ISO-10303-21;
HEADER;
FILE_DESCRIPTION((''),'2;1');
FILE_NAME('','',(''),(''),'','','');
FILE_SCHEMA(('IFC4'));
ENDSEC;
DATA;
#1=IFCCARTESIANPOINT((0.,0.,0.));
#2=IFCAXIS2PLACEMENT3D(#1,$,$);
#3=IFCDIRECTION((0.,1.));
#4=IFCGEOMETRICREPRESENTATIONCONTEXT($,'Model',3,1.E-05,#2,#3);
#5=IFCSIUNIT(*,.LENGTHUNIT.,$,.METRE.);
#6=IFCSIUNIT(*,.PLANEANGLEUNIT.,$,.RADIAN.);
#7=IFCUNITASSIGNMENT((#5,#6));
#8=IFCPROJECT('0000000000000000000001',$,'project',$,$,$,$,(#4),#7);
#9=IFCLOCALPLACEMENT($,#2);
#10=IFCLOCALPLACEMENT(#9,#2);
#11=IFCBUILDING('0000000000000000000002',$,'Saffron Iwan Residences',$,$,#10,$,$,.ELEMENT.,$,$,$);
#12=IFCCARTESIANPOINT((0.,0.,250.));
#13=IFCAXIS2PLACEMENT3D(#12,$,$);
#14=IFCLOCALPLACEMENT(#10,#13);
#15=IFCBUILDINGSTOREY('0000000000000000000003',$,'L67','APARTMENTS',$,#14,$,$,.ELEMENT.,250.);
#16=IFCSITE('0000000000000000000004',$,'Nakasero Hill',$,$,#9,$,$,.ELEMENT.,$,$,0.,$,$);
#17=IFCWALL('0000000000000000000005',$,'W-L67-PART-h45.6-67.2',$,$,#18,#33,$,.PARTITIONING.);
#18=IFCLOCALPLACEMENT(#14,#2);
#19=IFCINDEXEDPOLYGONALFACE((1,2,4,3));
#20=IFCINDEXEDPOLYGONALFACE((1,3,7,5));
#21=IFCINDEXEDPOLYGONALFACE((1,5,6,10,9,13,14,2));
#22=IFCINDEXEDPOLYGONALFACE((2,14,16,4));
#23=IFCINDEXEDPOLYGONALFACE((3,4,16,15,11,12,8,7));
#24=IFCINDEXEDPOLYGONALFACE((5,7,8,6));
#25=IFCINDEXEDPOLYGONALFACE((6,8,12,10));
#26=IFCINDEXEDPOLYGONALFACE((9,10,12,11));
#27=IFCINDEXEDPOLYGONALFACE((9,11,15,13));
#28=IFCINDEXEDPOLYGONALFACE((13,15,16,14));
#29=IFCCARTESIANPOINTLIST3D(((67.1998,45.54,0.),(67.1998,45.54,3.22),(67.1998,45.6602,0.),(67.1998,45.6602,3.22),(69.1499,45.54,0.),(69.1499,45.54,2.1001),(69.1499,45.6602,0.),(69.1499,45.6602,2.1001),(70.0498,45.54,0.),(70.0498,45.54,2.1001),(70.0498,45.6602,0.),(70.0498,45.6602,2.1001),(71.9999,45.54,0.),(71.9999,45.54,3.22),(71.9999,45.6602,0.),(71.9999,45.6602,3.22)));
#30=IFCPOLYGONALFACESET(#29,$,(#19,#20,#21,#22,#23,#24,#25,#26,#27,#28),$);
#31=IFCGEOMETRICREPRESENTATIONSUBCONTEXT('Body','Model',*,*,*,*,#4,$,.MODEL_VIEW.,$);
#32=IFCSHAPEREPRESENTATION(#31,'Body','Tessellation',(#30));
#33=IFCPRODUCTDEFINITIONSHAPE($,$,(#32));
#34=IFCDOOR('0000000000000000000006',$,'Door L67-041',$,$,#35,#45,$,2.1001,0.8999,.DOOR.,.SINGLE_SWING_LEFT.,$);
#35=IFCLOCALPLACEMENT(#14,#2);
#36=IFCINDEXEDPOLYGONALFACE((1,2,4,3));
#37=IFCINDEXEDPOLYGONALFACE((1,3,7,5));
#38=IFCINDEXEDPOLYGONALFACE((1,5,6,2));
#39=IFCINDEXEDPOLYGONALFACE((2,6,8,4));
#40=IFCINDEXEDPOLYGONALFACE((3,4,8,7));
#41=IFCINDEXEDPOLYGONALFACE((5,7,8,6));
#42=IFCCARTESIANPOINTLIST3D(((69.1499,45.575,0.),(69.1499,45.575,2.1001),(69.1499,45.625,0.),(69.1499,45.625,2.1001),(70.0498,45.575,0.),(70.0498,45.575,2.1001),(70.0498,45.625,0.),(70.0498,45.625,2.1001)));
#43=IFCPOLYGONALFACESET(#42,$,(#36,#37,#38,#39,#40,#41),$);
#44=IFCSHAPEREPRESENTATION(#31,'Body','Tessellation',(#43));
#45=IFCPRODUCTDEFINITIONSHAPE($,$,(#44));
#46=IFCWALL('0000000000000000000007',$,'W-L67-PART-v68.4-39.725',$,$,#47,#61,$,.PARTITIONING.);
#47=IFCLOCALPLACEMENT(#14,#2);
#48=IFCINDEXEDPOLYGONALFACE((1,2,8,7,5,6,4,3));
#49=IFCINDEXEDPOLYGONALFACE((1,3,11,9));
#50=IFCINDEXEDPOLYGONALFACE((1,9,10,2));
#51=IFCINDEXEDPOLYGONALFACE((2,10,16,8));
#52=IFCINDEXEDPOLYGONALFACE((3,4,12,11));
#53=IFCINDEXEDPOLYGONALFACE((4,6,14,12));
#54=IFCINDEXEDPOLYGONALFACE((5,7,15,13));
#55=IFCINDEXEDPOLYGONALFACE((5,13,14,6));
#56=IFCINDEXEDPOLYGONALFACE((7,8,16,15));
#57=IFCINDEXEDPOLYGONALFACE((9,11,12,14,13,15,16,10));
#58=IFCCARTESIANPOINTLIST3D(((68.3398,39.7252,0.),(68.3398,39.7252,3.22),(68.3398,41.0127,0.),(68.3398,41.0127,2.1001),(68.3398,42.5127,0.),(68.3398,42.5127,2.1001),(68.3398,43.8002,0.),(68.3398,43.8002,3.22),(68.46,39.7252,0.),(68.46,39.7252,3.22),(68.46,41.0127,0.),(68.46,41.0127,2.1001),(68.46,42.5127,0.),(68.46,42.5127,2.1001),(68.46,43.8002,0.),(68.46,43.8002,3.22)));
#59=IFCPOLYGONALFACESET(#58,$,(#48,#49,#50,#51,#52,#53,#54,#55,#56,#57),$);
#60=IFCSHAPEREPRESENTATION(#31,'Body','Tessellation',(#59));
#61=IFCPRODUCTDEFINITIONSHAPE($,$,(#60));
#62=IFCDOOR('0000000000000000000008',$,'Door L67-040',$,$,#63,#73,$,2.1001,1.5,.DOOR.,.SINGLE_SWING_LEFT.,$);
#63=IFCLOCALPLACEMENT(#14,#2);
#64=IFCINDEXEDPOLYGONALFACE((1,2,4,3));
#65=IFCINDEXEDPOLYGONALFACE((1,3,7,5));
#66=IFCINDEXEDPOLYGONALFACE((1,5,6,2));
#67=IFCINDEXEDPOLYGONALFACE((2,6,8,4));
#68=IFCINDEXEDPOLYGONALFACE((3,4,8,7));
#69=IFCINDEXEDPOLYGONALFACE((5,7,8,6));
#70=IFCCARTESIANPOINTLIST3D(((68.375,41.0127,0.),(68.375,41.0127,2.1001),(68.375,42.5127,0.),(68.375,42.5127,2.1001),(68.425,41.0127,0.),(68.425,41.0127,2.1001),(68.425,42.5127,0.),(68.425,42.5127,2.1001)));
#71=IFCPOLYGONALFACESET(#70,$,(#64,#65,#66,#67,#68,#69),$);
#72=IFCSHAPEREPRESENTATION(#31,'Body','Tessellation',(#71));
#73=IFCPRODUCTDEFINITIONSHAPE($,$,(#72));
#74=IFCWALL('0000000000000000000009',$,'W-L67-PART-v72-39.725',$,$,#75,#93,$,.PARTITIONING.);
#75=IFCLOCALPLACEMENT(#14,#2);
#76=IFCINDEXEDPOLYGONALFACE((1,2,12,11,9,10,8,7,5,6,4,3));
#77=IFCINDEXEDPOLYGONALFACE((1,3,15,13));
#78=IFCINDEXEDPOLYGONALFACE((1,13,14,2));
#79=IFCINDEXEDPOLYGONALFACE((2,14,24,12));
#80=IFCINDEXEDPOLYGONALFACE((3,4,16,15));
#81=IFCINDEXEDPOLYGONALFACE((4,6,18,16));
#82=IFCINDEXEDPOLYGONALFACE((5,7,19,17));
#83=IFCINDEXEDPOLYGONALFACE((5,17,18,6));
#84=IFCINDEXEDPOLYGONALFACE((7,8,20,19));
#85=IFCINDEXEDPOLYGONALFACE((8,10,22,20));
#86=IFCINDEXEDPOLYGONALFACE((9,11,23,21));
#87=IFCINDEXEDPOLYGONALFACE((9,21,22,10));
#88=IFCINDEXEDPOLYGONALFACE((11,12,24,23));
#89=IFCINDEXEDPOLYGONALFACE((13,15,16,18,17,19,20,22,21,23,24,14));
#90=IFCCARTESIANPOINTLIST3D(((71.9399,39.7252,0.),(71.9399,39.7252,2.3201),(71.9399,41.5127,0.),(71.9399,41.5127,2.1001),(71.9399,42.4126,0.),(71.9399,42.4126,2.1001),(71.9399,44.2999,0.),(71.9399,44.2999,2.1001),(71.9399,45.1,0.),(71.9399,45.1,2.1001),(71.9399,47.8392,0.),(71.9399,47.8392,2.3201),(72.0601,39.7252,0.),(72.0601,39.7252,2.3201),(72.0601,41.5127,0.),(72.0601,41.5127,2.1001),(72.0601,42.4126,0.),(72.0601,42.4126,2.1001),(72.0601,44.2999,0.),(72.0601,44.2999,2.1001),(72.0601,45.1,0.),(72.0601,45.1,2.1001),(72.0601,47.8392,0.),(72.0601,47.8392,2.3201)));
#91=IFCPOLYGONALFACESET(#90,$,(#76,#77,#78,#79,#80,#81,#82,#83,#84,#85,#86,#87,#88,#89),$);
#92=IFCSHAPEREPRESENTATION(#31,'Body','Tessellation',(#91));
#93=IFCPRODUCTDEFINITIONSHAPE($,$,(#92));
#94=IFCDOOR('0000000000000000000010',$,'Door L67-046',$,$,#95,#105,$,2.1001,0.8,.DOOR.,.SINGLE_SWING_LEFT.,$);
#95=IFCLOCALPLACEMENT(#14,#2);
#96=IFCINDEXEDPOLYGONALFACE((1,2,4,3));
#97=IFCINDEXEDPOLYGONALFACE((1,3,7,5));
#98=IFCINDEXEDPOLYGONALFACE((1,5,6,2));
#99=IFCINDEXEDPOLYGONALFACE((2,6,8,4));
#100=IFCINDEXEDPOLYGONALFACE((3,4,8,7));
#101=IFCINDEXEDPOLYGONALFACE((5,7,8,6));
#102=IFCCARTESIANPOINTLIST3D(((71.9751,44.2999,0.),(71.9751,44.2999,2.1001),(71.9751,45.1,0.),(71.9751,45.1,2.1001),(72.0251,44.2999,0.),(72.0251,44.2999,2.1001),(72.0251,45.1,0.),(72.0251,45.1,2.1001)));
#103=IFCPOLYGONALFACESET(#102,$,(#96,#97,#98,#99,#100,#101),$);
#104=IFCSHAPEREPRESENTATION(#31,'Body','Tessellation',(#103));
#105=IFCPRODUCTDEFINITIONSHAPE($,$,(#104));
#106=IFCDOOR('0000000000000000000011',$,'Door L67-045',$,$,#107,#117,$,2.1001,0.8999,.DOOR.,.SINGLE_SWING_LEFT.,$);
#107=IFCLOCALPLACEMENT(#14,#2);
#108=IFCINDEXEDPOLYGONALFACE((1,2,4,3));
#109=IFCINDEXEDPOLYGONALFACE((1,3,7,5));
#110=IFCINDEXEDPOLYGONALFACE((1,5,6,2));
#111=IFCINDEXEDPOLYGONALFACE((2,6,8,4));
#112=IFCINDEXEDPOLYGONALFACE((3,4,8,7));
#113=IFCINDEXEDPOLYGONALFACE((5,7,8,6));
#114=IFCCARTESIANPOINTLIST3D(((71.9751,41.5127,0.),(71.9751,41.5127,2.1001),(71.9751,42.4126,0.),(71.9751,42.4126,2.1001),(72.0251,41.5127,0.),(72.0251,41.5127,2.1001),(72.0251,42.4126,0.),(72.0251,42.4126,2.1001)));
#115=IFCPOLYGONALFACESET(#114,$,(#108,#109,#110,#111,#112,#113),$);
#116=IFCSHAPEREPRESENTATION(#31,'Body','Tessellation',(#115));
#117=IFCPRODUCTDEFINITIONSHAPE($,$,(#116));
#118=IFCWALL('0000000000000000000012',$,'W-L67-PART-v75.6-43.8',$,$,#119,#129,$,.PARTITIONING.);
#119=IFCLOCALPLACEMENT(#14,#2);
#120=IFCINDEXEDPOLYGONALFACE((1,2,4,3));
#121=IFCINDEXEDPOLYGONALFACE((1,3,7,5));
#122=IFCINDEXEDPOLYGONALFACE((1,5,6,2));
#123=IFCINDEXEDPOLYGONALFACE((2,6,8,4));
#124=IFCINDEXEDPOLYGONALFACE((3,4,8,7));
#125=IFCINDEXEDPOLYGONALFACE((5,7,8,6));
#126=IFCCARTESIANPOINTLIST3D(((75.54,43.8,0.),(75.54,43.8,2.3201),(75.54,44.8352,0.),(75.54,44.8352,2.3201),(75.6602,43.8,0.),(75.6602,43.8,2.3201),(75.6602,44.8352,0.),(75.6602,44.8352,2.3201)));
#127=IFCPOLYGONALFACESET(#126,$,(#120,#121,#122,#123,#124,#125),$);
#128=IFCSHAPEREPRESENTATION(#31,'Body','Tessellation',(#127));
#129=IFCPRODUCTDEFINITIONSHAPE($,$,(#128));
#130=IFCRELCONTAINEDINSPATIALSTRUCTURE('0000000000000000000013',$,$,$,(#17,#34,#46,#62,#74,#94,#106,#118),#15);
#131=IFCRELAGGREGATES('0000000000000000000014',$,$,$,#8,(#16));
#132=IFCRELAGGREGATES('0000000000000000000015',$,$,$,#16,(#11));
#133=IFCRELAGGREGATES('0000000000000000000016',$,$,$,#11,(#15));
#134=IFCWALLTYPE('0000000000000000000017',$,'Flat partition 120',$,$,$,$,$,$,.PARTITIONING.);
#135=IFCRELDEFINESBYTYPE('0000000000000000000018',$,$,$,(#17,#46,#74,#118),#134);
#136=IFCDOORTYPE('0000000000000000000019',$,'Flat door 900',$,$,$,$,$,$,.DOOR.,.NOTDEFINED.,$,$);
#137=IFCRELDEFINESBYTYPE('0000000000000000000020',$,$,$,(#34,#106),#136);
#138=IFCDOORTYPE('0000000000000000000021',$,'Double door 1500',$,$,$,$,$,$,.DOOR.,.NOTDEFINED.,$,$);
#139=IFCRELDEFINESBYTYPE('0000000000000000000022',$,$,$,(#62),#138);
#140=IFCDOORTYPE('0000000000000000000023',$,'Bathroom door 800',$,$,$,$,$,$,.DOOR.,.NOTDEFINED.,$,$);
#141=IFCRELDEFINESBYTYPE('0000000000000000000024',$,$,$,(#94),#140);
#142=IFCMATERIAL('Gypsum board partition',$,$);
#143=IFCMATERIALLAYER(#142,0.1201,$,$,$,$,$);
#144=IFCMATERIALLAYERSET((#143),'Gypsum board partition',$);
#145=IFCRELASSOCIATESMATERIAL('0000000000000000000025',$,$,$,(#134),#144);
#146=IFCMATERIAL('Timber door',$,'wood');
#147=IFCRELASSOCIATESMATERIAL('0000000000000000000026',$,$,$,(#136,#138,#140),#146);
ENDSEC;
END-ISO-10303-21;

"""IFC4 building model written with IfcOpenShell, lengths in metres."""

from ifc_helpers import new_model, si_unit, direction, frame, frame_2d, origin, place, context, subcontext, project, spatial, rectangle, extrude, material, layer, layer_set, type_object, element, fill, save


model = new_model("IFC4")

# Units and contexts
model_context = context("Model", 3, precision=1e-05, world=origin(), true_north=direction((0.0, 1.0)))
body_context = subcontext(model_context, "Body", "Model", "MODEL_VIEW")
ifc_project = project(units=[si_unit("LENGTHUNIT", "METRE"), si_unit("PLANEANGLEUNIT", "RADIAN")], contexts=[model_context])

# Site, building, storey
site_placement = place(None, origin())
site = spatial("IfcSite", under=ifc_project, at=site_placement, Name="Nakasero Hill", CompositionType="ELEMENT", RefElevation=0.0)
building_placement = place(site_placement, origin())
building = spatial("IfcBuilding", under=site, at=building_placement, Name="Saffron Iwan Residences", CompositionType="ELEMENT")
storey_placement = place(building_placement, frame((0.0, 0.0, 250.0)))
storey = spatial("IfcBuildingStorey", under=building, at=storey_placement, Name="L67", Description="APARTMENTS", CompositionType="ELEMENT", Elevation=250.0)

# Walls, openings, doors
ifc_material_1 = material(Name="Gypsum board partition")
ifc_layer_1 = layer(ifc_material_1, 0.1201)
ifc_layer_set_1 = layer_set([ifc_layer_1], Name="Gypsum board partition")
wall_type_1 = type_object("IfcWallType", Name="Flat partition 120", PredefinedType="PARTITIONING", material=ifc_layer_set_1)
wall_1_placement = place(storey_placement, frame((67.2, 45.6001, 0.0), z_axis=(0.0, 0.0, 1.0), x_axis=(1.0, 0.0, 0.0)))
wall_1 = element("IfcWall", 1, at=wall_1_placement, inside=storey, type_object=wall_type_1, Name="W-L67-PART-h45.6-67.2", PredefinedType="PARTITIONING", context=body_context, shape_type="SweptSolid", body=[
    extrude(rectangle(XDim=4.8, YDim=0.1201, at=frame_2d((2.3999, 0.0))), origin(), (0.0, 0.0, 1.0), 3.22),
])
opening_1_placement = place(wall_1_placement, frame((1.95, 0.0, 0.0)))
opening_1 = element("IfcOpeningElement", 2, at=opening_1_placement, cuts=wall_1, PredefinedType="OPENING", context=body_context, shape_type="SweptSolid", body=[
    extrude(rectangle(XDim=0.8999, YDim=2.1001, at=frame_2d((0.45, 1.05))), frame((0.0, 0.0701, 0.0), z_axis=(0.0, -1.0, 0.0), x_axis=(1.0, 0.0, 0.0)), (0.0, 0.0, 1.0), 0.1401),
])
ifc_material_2 = material(Name="Timber door", Category="wood")
door_type_1 = type_object("IfcDoorType", Name="Flat door 900", OperationType="NOTDEFINED", PredefinedType="DOOR", material=ifc_material_2)
door_1_placement = place(opening_1_placement, origin())
door_1 = element("IfcDoor", 3, at=door_1_placement, inside=storey, type_object=door_type_1, Name="Door L67-041", OperationType="SINGLE_SWING_LEFT", OverallHeight=2.1001, OverallWidth=0.8999, PredefinedType="DOOR", context=body_context, shape_type="SweptSolid", body=[
    extrude(rectangle(XDim=0.8999, YDim=2.1001, at=frame_2d((0.45, 1.05))), frame((0.0, 0.0249, 0.0), z_axis=(0.0, -1.0, 0.0), x_axis=(1.0, 0.0, 0.0)), (0.0, 0.0, 1.0), 0.05),
])
fill(opening_1, door_1)
wall_2_placement = place(storey_placement, frame((68.3999, 39.7251, 0.0), z_axis=(0.0, 0.0, 1.0), x_axis=(0.0, 1.0, 0.0)))
wall_2 = element("IfcWall", 4, at=wall_2_placement, inside=storey, type_object=wall_type_1, Name="W-L67-PART-v68.4-39.725", PredefinedType="PARTITIONING", context=body_context, shape_type="SweptSolid", body=[
    extrude(rectangle(XDim=4.075, YDim=0.1201, at=frame_2d((2.0376, 0.0))), origin(), (0.0, 0.0, 1.0), 3.22),
])
opening_2_placement = place(wall_2_placement, frame((1.2876, 0.0, 0.0)))
opening_2 = element("IfcOpeningElement", 5, at=opening_2_placement, cuts=wall_2, PredefinedType="OPENING", context=body_context, shape_type="SweptSolid", body=[
    extrude(rectangle(XDim=1.5, YDim=2.1001, at=frame_2d((0.75, 1.05))), frame((0.0, 0.0701, 0.0), z_axis=(0.0, -1.0, 0.0), x_axis=(1.0, 0.0, 0.0)), (0.0, 0.0, 1.0), 0.1401),
])
door_type_2 = type_object("IfcDoorType", Name="Double door 1500", OperationType="NOTDEFINED", PredefinedType="DOOR", material=ifc_material_2)
door_2_placement = place(opening_2_placement, origin())
door_2 = element("IfcDoor", 6, at=door_2_placement, inside=storey, type_object=door_type_2, Name="Door L67-040", OperationType="SINGLE_SWING_LEFT", OverallHeight=2.1001, OverallWidth=1.5, PredefinedType="DOOR", context=body_context, shape_type="SweptSolid", body=[
    extrude(rectangle(XDim=1.5, YDim=2.1001, at=frame_2d((0.75, 1.05))), frame((0.0, 0.0249, 0.0), z_axis=(0.0, -1.0, 0.0), x_axis=(1.0, 0.0, 0.0)), (0.0, 0.0, 1.0), 0.05),
])
fill(opening_2, door_2)

# Wall, openings, doors
wall_3_placement = place(storey_placement, frame((72.0, 39.7251, 0.0), z_axis=(0.0, 0.0, 1.0), x_axis=(0.0, 1.0, 0.0)))
wall_3 = element("IfcWall", 7, at=wall_3_placement, inside=storey, type_object=wall_type_1, Name="W-L67-PART-v72-39.725", PredefinedType="PARTITIONING", context=body_context, shape_type="SweptSolid", body=[
    extrude(rectangle(XDim=8.114, YDim=0.1201, at=frame_2d((4.0571, 0.0))), origin(), (0.0, 0.0, 1.0), 2.3201),
])
opening_3_placement = place(wall_3_placement, frame((1.7876, 0.0, 0.0)))
opening_3 = element("IfcOpeningElement", 8, at=opening_3_placement, cuts=wall_3, PredefinedType="OPENING", context=body_context, shape_type="SweptSolid", body=[
    extrude(rectangle(XDim=0.8999, YDim=2.1001, at=frame_2d((0.45, 1.05))), frame((0.0, 0.0701, 0.0), z_axis=(0.0, -1.0, 0.0), x_axis=(1.0, 0.0, 0.0)), (0.0, 0.0, 1.0), 0.1401),
])
opening_4_placement = place(wall_3_placement, frame((4.575, 0.0, 0.0)))
opening_4 = element("IfcOpeningElement", 9, at=opening_4_placement, cuts=wall_3, PredefinedType="OPENING", context=body_context, shape_type="SweptSolid", body=[
    extrude(rectangle(XDim=0.8, YDim=2.1001, at=frame_2d((0.3999, 1.05))), frame((0.0, 0.0701, 0.0), z_axis=(0.0, -1.0, 0.0), x_axis=(1.0, 0.0, 0.0)), (0.0, 0.0, 1.0), 0.1401),
])
door_type_3 = type_object("IfcDoorType", Name="Bathroom door 800", OperationType="NOTDEFINED", PredefinedType="DOOR", material=ifc_material_2)
door_3_placement = place(opening_4_placement, origin())
door_3 = element("IfcDoor", 10, at=door_3_placement, inside=storey, type_object=door_type_3, Name="Door L67-046", OperationType="SINGLE_SWING_LEFT", OverallHeight=2.1001, OverallWidth=0.8, PredefinedType="DOOR", context=body_context, shape_type="SweptSolid", body=[
    extrude(rectangle(XDim=0.8, YDim=2.1001, at=frame_2d((0.3999, 1.05))), frame((0.0, 0.0249, 0.0), z_axis=(0.0, -1.0, 0.0), x_axis=(1.0, 0.0, 0.0)), (0.0, 0.0, 1.0), 0.05),
])
fill(opening_4, door_3)
door_4_placement = place(opening_3_placement, origin())
door_4 = element("IfcDoor", 11, at=door_4_placement, inside=storey, type_object=door_type_1, Name="Door L67-045", OperationType="SINGLE_SWING_LEFT", OverallHeight=2.1001, OverallWidth=0.8999, PredefinedType="DOOR", context=body_context, shape_type="SweptSolid", body=[
    extrude(rectangle(XDim=0.8999, YDim=2.1001, at=frame_2d((0.45, 1.05))), frame((0.0, 0.0249, 0.0), z_axis=(0.0, -1.0, 0.0), x_axis=(1.0, 0.0, 0.0)), (0.0, 0.0, 1.0), 0.05),
])
fill(opening_3, door_4)

# Wall
wall_4_placement = place(storey_placement, frame((75.6001, 43.8, 0.0), z_axis=(0.0, 0.0, 1.0), x_axis=(0.0, 1.0, 0.0)))
element("IfcWall", 12, at=wall_4_placement, inside=storey, type_object=wall_type_1, Name="W-L67-PART-v75.6-43.8", PredefinedType="PARTITIONING", context=body_context, shape_type="SweptSolid", body=[
    extrude(rectangle(XDim=1.0352, YDim=0.1201, at=frame_2d((0.5176, 0.0))), origin(), (0.0, 0.0, 1.0), 2.3201),
])

save(model, "model.ifc")
